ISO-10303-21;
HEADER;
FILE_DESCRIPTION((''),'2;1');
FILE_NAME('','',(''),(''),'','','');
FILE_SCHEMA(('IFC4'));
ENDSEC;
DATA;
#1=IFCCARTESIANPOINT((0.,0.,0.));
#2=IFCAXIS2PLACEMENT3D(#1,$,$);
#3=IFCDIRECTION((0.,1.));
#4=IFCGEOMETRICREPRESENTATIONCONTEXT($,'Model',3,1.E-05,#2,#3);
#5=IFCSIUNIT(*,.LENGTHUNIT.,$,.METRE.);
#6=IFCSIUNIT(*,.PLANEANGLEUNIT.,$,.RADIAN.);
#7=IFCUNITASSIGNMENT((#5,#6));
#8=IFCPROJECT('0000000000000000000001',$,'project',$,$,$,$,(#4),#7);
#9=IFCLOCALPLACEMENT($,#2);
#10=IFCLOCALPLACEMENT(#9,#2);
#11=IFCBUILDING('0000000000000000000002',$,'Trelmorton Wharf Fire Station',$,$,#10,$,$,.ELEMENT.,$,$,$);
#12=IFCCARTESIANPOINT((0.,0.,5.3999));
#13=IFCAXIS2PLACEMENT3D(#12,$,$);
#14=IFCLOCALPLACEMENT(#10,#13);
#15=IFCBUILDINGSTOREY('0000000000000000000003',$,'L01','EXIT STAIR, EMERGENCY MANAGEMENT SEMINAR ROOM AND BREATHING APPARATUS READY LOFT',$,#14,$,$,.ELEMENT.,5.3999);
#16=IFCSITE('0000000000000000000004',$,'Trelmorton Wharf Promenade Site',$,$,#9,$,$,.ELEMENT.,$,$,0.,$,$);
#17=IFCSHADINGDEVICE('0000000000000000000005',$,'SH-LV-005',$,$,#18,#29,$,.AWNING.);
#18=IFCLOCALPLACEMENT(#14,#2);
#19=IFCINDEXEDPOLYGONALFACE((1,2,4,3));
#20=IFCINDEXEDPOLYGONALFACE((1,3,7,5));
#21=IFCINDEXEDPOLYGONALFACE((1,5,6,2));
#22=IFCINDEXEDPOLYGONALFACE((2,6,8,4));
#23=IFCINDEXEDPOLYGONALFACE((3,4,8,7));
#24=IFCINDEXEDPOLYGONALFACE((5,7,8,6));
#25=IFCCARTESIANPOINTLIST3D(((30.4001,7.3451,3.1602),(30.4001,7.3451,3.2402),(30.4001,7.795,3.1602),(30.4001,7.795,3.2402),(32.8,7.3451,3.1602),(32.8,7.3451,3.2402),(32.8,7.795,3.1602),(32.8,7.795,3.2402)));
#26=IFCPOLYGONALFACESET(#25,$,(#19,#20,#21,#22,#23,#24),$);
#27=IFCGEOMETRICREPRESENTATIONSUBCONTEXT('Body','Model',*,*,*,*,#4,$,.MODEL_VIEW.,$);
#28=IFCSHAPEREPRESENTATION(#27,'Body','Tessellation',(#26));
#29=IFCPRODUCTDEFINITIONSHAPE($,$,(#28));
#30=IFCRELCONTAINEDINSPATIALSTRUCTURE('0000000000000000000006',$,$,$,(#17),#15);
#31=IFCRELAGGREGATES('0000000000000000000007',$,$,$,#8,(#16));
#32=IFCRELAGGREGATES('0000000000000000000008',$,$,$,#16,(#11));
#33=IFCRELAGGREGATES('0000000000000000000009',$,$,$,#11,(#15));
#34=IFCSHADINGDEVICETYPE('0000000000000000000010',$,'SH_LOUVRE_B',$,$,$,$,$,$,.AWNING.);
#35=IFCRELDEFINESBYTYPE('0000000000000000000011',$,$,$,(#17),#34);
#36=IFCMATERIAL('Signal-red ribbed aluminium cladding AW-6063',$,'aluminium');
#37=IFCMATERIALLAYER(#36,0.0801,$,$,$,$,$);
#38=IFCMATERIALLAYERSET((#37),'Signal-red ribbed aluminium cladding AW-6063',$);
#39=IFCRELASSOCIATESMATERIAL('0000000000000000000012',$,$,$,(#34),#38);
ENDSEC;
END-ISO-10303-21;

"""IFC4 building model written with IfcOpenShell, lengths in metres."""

from ifc_helpers import new_model, si_unit, direction, frame, origin, origin_2d, place, context, subcontext, project, spatial, rectangle, extrude, material, layer, layer_set, type_object, element, save


model = new_model("IFC4")

# Units and contexts
model_context = context("Model", 3, precision=1e-05, world=origin(), true_north=direction((0.0, 1.0)))
body_context = subcontext(model_context, "Body", "Model", "MODEL_VIEW")
ifc_project = project(units=[si_unit("LENGTHUNIT", "METRE"), si_unit("PLANEANGLEUNIT", "RADIAN")], contexts=[model_context])

# Site, building, storey
site_placement = place(None, origin())
site = spatial("IfcSite", under=ifc_project, at=site_placement, Name="Trelmorton Wharf Promenade Site", CompositionType="ELEMENT", RefElevation=0.0)
building_placement = place(site_placement, origin())
building = spatial("IfcBuilding", under=site, at=building_placement, Name="Trelmorton Wharf Fire Station", CompositionType="ELEMENT")
storey_placement = place(building_placement, frame((0.0, 0.0, 5.3999)))
storey = spatial("IfcBuildingStorey", under=building, at=storey_placement, Name="L01", Description="EXIT STAIR, EMERGENCY MANAGEMENT SEMINAR ROOM AND BREATHING APPARATUS READY LOFT", CompositionType="ELEMENT", Elevation=5.3999)

# Shading device
ifc_material_1 = material(Name="Signal-red ribbed aluminium cladding AW-6063", Category="aluminium")
ifc_layer_1 = layer(ifc_material_1, 0.0801)
ifc_layer_set_1 = layer_set([ifc_layer_1], Name="Signal-red ribbed aluminium cladding AW-6063")
shading_device_type = type_object("IfcShadingDeviceType", Name="SH_LOUVRE_B", PredefinedType="AWNING", material=ifc_layer_set_1)
shading_device_placement = place(storey_placement, frame((31.6001, 7.5701, 3.1602), z_axis=(0.0, 0.0, 1.0), x_axis=(-1.0, 0.0, 0.0)))
element("IfcShadingDevice", 1, at=shading_device_placement, inside=storey, type_object=shading_device_type, Name="SH-LV-005", PredefinedType="AWNING", context=body_context, shape_type="SweptSolid", body=[
    extrude(rectangle(XDim=2.3999, YDim=0.45, at=origin_2d()), origin(), (0.0, 0.0, 1.0), 0.0801),
])

save(model, "model.ifc")
